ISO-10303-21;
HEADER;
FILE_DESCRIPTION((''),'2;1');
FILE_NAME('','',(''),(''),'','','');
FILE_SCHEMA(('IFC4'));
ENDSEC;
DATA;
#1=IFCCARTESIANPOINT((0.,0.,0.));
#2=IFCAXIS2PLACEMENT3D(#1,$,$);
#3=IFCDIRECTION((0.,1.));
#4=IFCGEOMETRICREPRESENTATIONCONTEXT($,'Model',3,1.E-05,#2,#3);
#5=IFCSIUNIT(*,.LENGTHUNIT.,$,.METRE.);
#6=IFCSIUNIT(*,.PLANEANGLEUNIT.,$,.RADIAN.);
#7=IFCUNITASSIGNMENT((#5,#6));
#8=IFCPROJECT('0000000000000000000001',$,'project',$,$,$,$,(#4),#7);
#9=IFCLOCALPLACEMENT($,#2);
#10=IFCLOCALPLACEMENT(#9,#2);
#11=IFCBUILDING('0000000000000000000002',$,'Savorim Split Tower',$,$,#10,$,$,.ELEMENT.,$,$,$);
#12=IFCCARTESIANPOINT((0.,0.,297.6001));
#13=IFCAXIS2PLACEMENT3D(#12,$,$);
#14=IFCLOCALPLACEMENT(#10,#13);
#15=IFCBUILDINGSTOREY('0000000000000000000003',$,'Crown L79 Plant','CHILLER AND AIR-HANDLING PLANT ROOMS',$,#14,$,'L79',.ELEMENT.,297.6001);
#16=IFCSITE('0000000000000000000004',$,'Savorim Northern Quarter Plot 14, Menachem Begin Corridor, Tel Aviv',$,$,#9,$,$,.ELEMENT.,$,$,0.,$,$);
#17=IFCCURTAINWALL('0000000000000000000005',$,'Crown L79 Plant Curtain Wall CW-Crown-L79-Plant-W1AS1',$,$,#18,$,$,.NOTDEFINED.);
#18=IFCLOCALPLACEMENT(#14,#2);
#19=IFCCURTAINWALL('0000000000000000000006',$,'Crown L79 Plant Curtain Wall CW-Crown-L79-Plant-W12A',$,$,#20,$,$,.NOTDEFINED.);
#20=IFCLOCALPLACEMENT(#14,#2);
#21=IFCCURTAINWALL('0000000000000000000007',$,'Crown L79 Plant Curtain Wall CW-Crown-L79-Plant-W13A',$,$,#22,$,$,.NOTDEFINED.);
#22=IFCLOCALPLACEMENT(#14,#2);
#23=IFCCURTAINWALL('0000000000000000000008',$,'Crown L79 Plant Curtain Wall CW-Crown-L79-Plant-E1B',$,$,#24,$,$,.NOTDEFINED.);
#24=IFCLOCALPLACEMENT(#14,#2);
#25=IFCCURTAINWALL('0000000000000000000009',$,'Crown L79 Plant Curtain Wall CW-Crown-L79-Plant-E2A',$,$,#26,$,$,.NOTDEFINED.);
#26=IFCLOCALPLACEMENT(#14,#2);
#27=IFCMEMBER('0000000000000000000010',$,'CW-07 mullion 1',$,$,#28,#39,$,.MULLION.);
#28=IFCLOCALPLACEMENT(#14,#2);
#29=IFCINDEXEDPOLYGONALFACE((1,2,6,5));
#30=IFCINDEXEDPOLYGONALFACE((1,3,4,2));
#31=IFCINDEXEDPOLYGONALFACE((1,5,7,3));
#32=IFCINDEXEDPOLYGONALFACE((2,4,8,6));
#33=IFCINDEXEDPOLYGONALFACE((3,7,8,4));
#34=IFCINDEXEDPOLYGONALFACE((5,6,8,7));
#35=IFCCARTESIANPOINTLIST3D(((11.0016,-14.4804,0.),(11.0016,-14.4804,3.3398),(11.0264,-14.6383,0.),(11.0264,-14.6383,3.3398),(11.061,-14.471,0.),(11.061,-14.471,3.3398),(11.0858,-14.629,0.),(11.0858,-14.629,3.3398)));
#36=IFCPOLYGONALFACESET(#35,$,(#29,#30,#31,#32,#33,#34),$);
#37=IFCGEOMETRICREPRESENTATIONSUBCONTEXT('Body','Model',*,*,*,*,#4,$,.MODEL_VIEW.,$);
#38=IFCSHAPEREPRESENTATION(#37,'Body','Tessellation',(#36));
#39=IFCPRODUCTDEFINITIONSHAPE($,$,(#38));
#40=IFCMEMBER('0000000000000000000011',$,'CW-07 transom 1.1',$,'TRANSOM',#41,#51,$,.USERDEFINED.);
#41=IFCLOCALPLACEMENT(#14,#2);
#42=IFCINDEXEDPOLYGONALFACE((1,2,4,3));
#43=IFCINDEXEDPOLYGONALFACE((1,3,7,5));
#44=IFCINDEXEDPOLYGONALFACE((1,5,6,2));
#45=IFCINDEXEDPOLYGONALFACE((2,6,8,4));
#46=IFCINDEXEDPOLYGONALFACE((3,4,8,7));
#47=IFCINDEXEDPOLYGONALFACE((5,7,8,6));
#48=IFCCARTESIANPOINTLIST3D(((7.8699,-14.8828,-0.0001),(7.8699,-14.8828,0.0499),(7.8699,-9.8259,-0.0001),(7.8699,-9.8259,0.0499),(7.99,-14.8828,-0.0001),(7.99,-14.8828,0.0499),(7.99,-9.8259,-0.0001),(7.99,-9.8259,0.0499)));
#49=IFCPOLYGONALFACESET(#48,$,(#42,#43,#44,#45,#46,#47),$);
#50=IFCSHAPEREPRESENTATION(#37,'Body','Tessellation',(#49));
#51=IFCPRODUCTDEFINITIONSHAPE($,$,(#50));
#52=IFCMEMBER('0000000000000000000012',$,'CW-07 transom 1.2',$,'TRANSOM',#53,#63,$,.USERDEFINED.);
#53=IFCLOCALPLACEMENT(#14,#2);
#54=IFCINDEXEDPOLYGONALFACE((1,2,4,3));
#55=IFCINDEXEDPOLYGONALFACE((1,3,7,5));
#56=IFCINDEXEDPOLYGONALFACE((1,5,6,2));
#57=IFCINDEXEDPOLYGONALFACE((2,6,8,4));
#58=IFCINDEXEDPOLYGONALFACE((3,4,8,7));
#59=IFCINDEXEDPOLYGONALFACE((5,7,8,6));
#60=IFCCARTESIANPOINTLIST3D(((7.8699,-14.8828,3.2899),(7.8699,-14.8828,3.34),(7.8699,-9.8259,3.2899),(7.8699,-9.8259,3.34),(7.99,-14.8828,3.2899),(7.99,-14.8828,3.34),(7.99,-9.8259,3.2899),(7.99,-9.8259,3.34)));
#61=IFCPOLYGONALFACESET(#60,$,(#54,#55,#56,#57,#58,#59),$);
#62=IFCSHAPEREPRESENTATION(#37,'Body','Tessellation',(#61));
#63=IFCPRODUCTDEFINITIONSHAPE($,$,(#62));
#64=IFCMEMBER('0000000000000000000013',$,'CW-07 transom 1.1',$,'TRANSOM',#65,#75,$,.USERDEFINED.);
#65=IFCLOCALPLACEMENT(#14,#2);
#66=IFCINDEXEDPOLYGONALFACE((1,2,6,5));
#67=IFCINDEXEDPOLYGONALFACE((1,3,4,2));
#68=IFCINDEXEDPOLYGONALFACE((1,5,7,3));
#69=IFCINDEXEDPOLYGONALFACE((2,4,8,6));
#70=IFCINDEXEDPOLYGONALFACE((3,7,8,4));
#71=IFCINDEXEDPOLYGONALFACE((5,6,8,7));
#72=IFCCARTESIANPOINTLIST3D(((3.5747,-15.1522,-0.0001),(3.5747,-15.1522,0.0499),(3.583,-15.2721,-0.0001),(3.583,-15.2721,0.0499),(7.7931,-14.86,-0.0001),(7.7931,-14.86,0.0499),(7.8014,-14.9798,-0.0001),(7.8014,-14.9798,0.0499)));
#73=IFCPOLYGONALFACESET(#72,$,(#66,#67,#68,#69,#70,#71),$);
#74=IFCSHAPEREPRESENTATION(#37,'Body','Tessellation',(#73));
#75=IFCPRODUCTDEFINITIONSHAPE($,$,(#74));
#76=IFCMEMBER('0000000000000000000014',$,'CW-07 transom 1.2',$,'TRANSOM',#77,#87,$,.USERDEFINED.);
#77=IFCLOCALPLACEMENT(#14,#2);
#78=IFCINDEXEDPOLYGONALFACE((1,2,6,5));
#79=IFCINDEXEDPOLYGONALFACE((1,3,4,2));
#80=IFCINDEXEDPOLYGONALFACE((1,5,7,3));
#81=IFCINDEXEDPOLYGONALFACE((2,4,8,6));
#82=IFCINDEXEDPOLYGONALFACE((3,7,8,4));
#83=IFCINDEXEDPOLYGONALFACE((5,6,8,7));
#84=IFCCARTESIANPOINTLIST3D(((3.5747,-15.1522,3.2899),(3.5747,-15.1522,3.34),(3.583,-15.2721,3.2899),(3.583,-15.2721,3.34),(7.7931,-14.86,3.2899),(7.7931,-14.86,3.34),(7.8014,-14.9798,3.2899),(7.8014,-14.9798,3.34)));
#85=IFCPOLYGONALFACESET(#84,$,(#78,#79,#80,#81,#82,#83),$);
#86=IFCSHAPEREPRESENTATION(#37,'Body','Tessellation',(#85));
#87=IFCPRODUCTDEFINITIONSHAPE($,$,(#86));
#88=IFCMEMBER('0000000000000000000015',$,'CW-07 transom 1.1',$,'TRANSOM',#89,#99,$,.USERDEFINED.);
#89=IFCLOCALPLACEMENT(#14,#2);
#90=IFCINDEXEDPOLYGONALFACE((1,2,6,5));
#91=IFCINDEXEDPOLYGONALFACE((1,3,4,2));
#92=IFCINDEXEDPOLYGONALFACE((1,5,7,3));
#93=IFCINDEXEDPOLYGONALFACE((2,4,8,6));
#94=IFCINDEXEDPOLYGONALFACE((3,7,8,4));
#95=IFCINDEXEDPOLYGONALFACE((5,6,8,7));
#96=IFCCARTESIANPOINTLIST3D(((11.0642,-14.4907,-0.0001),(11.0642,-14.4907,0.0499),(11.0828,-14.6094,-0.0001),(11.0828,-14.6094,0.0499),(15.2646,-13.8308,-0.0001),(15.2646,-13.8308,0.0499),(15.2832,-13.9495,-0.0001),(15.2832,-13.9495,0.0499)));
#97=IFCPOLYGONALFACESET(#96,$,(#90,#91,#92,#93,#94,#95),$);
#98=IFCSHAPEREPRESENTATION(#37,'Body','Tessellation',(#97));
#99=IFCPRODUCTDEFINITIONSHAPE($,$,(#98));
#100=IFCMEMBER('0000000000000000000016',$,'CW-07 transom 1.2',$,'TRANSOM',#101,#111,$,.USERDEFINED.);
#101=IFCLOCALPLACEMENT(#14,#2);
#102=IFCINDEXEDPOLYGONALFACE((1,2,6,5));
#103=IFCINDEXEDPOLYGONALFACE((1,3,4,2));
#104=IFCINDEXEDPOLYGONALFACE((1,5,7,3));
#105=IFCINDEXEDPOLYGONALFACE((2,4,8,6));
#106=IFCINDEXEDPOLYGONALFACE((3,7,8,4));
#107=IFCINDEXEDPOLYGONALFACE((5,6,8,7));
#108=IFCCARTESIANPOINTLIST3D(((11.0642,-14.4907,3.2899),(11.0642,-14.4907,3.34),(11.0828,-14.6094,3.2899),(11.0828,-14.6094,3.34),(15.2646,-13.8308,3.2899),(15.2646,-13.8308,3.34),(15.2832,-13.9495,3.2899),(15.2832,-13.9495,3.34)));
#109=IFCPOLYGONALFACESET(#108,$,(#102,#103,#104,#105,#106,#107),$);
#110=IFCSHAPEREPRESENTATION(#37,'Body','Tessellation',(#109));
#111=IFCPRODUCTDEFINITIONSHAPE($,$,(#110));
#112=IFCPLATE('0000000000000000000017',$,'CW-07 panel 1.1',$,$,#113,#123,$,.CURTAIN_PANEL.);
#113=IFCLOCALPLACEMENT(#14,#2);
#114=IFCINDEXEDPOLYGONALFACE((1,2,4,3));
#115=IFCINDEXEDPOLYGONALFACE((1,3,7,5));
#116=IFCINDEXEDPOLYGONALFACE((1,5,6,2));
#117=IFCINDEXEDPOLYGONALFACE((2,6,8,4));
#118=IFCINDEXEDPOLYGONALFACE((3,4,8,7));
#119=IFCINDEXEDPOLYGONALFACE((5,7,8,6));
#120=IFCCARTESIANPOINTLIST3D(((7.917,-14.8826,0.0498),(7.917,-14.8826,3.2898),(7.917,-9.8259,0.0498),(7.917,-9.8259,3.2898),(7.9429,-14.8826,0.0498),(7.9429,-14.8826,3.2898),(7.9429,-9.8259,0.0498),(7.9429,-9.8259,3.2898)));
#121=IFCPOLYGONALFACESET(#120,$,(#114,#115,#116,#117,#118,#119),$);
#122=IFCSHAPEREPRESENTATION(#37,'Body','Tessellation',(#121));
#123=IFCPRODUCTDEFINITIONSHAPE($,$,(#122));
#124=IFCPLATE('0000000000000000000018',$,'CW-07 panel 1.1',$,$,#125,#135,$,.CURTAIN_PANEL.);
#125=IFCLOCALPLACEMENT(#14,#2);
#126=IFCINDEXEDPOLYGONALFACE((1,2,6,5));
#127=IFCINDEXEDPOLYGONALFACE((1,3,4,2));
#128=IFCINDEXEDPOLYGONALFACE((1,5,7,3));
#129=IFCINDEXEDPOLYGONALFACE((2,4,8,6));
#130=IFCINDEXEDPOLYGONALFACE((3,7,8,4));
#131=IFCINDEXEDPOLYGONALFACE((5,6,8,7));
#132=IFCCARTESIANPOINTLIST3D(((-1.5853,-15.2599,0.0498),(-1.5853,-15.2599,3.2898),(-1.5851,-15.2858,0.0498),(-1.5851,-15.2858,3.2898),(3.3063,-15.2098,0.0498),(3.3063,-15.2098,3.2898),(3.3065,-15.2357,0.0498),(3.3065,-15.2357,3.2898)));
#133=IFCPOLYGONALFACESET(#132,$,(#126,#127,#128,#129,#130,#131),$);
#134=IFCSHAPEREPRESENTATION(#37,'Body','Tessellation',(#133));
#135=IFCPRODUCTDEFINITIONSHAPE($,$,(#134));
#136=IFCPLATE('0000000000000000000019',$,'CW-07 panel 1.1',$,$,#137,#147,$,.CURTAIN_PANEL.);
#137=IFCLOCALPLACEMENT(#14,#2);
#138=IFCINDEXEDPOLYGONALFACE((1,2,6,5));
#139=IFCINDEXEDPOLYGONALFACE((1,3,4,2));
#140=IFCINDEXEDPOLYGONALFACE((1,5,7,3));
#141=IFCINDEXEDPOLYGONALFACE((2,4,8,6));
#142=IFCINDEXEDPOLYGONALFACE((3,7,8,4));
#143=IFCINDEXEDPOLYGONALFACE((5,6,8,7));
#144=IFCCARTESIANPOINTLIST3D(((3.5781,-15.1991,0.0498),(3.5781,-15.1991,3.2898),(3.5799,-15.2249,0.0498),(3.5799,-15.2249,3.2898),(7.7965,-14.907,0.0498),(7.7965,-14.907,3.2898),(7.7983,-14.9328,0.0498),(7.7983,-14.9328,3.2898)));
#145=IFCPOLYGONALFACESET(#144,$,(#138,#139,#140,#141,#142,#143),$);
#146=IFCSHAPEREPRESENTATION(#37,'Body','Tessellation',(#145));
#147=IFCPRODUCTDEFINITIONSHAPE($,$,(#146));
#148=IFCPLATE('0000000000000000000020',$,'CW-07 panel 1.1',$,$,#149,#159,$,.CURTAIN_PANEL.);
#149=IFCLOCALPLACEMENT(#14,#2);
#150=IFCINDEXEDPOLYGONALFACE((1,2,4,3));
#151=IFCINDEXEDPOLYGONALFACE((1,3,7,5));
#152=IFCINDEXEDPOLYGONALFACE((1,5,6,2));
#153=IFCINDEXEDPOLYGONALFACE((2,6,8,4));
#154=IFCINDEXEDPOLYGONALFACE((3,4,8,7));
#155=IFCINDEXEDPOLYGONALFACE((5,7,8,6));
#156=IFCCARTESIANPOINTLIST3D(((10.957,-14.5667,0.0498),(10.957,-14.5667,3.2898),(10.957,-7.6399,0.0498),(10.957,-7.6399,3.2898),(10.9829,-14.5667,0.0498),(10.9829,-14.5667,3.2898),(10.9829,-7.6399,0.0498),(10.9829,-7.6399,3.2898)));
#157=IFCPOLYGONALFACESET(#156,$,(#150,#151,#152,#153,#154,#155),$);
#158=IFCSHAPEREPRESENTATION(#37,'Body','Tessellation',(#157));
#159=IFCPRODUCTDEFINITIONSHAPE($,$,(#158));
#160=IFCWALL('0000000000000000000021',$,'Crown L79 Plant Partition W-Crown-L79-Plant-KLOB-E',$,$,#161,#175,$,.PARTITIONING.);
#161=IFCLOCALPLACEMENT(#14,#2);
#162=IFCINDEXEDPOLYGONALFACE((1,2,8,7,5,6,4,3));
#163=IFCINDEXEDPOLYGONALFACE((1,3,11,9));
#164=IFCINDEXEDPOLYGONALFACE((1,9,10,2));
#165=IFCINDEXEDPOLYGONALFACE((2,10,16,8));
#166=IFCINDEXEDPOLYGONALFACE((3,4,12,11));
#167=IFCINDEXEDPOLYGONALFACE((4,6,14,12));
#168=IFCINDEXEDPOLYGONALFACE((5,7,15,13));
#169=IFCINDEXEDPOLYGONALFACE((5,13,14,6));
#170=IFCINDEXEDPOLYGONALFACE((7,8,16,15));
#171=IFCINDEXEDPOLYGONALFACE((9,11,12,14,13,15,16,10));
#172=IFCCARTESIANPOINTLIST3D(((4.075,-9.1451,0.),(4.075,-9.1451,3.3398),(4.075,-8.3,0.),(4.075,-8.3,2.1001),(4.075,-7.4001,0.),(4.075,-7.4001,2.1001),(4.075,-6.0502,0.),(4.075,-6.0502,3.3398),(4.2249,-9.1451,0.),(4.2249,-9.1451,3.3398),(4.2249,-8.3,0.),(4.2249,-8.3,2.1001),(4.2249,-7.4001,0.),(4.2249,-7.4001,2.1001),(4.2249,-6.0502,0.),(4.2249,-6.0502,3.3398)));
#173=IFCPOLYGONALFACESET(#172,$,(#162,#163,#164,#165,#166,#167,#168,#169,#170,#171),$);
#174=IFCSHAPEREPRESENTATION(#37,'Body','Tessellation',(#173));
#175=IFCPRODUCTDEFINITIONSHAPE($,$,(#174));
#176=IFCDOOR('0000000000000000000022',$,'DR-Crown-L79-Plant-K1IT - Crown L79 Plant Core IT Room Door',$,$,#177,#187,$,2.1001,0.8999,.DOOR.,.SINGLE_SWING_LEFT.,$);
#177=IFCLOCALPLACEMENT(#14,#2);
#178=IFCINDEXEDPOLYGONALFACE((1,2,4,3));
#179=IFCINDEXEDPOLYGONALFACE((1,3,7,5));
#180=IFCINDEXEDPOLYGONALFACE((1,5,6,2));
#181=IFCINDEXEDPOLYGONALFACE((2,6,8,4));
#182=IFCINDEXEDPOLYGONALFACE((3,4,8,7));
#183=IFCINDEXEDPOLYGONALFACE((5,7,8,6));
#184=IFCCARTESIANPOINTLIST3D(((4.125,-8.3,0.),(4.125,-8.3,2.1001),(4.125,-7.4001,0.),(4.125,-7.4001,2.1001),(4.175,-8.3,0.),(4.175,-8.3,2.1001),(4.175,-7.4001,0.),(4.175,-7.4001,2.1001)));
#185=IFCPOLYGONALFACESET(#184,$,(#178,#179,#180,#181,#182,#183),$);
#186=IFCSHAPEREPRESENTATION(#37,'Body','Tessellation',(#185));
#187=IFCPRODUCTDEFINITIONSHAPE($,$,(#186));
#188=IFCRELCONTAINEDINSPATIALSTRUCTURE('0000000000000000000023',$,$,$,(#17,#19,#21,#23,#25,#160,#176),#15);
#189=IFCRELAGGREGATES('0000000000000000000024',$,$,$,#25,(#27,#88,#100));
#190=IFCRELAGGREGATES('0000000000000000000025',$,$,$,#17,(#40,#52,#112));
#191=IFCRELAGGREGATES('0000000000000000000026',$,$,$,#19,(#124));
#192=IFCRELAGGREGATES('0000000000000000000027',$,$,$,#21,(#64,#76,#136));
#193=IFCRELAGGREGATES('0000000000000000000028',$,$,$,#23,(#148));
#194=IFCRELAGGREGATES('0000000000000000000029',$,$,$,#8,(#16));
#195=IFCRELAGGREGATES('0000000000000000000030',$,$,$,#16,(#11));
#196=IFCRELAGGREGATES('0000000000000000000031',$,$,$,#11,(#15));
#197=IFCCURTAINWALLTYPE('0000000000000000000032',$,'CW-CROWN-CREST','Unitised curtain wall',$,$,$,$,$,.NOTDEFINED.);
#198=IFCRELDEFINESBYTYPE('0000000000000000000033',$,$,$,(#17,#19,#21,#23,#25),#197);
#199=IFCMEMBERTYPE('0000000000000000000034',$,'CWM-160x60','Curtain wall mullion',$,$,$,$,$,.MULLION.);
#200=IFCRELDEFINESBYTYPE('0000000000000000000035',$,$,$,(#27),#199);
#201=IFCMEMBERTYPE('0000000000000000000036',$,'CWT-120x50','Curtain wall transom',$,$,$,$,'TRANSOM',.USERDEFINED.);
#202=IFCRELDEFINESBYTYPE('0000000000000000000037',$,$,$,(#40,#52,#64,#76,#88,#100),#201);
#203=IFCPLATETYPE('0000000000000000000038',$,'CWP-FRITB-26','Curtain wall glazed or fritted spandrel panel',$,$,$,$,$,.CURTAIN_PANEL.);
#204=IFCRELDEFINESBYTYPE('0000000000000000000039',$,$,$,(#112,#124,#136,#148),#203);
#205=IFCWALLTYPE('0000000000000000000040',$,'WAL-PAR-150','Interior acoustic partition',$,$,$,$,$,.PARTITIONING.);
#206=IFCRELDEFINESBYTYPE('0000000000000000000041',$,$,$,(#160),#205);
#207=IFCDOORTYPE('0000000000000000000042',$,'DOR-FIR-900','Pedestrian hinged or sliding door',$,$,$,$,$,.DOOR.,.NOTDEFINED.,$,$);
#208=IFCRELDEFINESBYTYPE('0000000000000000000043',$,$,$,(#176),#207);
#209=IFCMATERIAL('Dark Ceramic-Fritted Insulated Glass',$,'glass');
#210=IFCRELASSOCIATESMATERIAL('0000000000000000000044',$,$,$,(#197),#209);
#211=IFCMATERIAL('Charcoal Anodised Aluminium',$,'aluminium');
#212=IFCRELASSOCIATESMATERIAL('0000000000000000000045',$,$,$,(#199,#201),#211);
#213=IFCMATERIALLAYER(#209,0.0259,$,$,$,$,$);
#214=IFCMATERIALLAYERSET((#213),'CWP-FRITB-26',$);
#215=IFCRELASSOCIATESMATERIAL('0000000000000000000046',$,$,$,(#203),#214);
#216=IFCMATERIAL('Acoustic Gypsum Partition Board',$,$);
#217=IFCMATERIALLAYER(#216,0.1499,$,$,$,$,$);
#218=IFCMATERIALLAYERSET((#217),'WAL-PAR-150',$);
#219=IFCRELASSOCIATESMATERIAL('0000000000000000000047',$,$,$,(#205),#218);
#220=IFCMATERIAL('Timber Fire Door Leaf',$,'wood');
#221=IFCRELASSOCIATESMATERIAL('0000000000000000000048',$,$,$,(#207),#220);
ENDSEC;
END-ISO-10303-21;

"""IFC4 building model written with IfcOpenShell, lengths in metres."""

from ifc_helpers import new_model, si_unit, direction, frame, frame_2d, origin, origin_2d, place, context, subcontext, project, spatial, rectangle, extrude, material, layer, layer_set, material_profile, profile_set, type_object, element, fill, aggregate, save


model = new_model("IFC4")

# Units and contexts
model_context = context("Model", 3, precision=1e-05, world=origin(), true_north=direction((0.0, 1.0)))
body_context = subcontext(model_context, "Body", "Model", "MODEL_VIEW")
ifc_project = project(units=[si_unit("LENGTHUNIT", "METRE"), si_unit("PLANEANGLEUNIT", "RADIAN")], contexts=[model_context])

# Site, building, storey
site_placement = place(None, origin())
site = spatial("IfcSite", under=ifc_project, at=site_placement, Name="Savorim Northern Quarter Plot 14, Menachem Begin Corridor, Tel Aviv", CompositionType="ELEMENT", RefElevation=0.0)
building_placement = place(site_placement, origin())
building = spatial("IfcBuilding", under=site, at=building_placement, Name="Savorim Split Tower", CompositionType="ELEMENT")
storey_placement = place(building_placement, frame((0.0, 0.0, 297.6001)))
storey = spatial("IfcBuildingStorey", under=building, at=storey_placement, Name="Crown L79 Plant", Description="CHILLER AND AIR-HANDLING PLANT ROOMS", LongName="L79", CompositionType="ELEMENT", Elevation=297.6001)

# Curtain wall
ifc_material_1 = material(Name="Dark Ceramic-Fritted Insulated Glass", Category="glass")
curtain_wall_type = type_object("IfcCurtainWallType", Name="CW-CROWN-CREST", Description="Unitised curtain wall", PredefinedType="NOTDEFINED", material=ifc_material_1)
curtain_wall_1_placement = place(storey_placement, origin())
curtain_wall_1 = element("IfcCurtainWall", 1, at=curtain_wall_1_placement, inside=storey, type_object=curtain_wall_type, Name="Crown L79 Plant Curtain Wall CW-Crown-L79-Plant-W1AS1", PredefinedType="NOTDEFINED")
ifc_material_2 = material(Name="Charcoal Anodised Aluminium", Category="aluminium")
ifc_material_profile_1 = material_profile(ifc_material_2, rectangle(XDim=0.1599, YDim=0.0601, at=origin_2d()), Name="ALU-M 160x60")
ifc_profile_set_1 = profile_set([ifc_material_profile_1], Name="Charcoal Anodised Aluminium")
member_type_1 = type_object("IfcMemberType", Name="CWM-160x60", Description="Curtain wall mullion", PredefinedType="MULLION", material=ifc_profile_set_1)

# Curtain wall
curtain_wall_2_placement = place(storey_placement, origin())
curtain_wall_2 = element("IfcCurtainWall", 2, at=curtain_wall_2_placement, inside=storey, type_object=curtain_wall_type, Name="Crown L79 Plant Curtain Wall CW-Crown-L79-Plant-W12A", PredefinedType="NOTDEFINED")

# Curtain wall
curtain_wall_3_placement = place(storey_placement, origin())
curtain_wall_3 = element("IfcCurtainWall", 3, at=curtain_wall_3_placement, inside=storey, type_object=curtain_wall_type, Name="Crown L79 Plant Curtain Wall CW-Crown-L79-Plant-W13A", PredefinedType="NOTDEFINED")

# Curtain walls, member
curtain_wall_4_placement = place(storey_placement, origin())
curtain_wall_4 = element("IfcCurtainWall", 4, at=curtain_wall_4_placement, inside=storey, type_object=curtain_wall_type, Name="Crown L79 Plant Curtain Wall CW-Crown-L79-Plant-E1B", PredefinedType="NOTDEFINED")
curtain_wall_5_placement = place(storey_placement, origin())
curtain_wall_5 = element("IfcCurtainWall", 5, at=curtain_wall_5_placement, inside=storey, type_object=curtain_wall_type, Name="Crown L79 Plant Curtain Wall CW-Crown-L79-Plant-E2A", PredefinedType="NOTDEFINED")
member_1_placement = place(storey_placement, frame((11.0437, -14.5547, 0.0), z_axis=(0.0, 0.0, 1.0), x_axis=(-0.155193, 0.987884, 0.0)))
member_1 = element("IfcMember", 6, at=member_1_placement, type_object=member_type_1, Name="CW-07 mullion 1", PredefinedType="MULLION", context=body_context, shape_type="SweptSolid", body=[
    extrude(rectangle(XDim=0.1599, YDim=0.0601, at=origin_2d()), origin(), (0.0, 0.0, 1.0), 3.3398),
])

# Members
ifc_material_profile_2 = material_profile(ifc_material_2, rectangle(XDim=0.1201, YDim=0.05, at=origin_2d()), Name="ALU-T 120x50")
ifc_profile_set_2 = profile_set([ifc_material_profile_2], Name="Charcoal Anodised Aluminium")
member_type_2 = type_object("IfcMemberType", Name="CWT-120x50", Description="Curtain wall transom", ElementType="TRANSOM", PredefinedType="USERDEFINED", material=ifc_profile_set_2)
member_2_placement = place(storey_placement, frame((7.9299, -14.8828, 0.0249), z_axis=(0.0, 1.0, 0.0), x_axis=(-1.0, 0.0, 0.0)))
member_2 = element("IfcMember", 7, at=member_2_placement, type_object=member_type_2, Name="CW-07 transom 1.1", ObjectType="TRANSOM", PredefinedType="USERDEFINED", context=body_context, shape_type="SweptSolid", body=[
    extrude(rectangle(XDim=0.1201, YDim=0.05, at=origin_2d()), origin(), (0.0, 0.0, 1.0), 5.0569),
])
member_3_placement = place(storey_placement, frame((7.9299, -14.8828, 3.3149), z_axis=(0.0, 1.0, 0.0), x_axis=(-1.0, 0.0, 0.0)))
member_3 = element("IfcMember", 8, at=member_3_placement, type_object=member_type_2, Name="CW-07 transom 1.2", ObjectType="TRANSOM", PredefinedType="USERDEFINED", context=body_context, shape_type="SweptSolid", body=[
    extrude(rectangle(XDim=0.1201, YDim=0.05, at=origin_2d()), origin(), (0.0, 0.0, 1.0), 5.0569),
])
member_4_placement = place(storey_placement, frame((3.5789, -15.2122, 0.0249), z_axis=(0.997609, 0.069109, 0.0), x_axis=(-0.069109, 0.997609, 0.0)))
member_4 = element("IfcMember", 9, at=member_4_placement, type_object=member_type_2, Name="CW-07 transom 1.1", ObjectType="TRANSOM", PredefinedType="USERDEFINED", context=body_context, shape_type="SweptSolid", body=[
    extrude(rectangle(XDim=0.1201, YDim=0.05, at=origin_2d()), origin(), (0.0, 0.0, 1.0), 4.2285),
])
member_5_placement = place(storey_placement, frame((3.5789, -15.2122, 3.3149), z_axis=(0.997609, 0.069109, 0.0), x_axis=(-0.069109, 0.997609, 0.0)))
member_5 = element("IfcMember", 10, at=member_5_placement, type_object=member_type_2, Name="CW-07 transom 1.2", ObjectType="TRANSOM", PredefinedType="USERDEFINED", context=body_context, shape_type="SweptSolid", body=[
    extrude(rectangle(XDim=0.1201, YDim=0.05, at=origin_2d()), origin(), (0.0, 0.0, 1.0), 4.2285),
])
member_6_placement = place(storey_placement, frame((11.0735, -14.55, 0.0249), z_axis=(0.987883, 0.155202, 0.0), x_axis=(-0.155202, 0.987883, 0.0)))
member_6 = element("IfcMember", 11, at=member_6_placement, type_object=member_type_2, Name="CW-07 transom 1.1", ObjectType="TRANSOM", PredefinedType="USERDEFINED", context=body_context, shape_type="SweptSolid", body=[
    extrude(rectangle(XDim=0.1201, YDim=0.05, at=origin_2d()), origin(), (0.0, 0.0, 1.0), 4.252),
])
member_7_placement = place(storey_placement, frame((11.0735, -14.55, 3.3149), z_axis=(0.987883, 0.155202, 0.0), x_axis=(-0.155202, 0.987883, 0.0)))
member_7 = element("IfcMember", 12, at=member_7_placement, type_object=member_type_2, Name="CW-07 transom 1.2", ObjectType="TRANSOM", PredefinedType="USERDEFINED", context=body_context, shape_type="SweptSolid", body=[
    extrude(rectangle(XDim=0.1201, YDim=0.05, at=origin_2d()), origin(), (0.0, 0.0, 1.0), 4.252),
])
aggregate(curtain_wall_5, [member_1, member_6, member_7])

# Plates
ifc_layer_1 = layer(ifc_material_1, 0.0259)
ifc_layer_set_1 = layer_set([ifc_layer_1], Name="CWP-FRITB-26")
plate_type = type_object("IfcPlateType", Name="CWP-FRITB-26", Description="Curtain wall glazed or fritted spandrel panel", PredefinedType="CURTAIN_PANEL", material=ifc_layer_set_1)
plate_1_placement = place(storey_placement, frame((7.9299, -12.3542, 0.0498), z_axis=(0.0, 0.0, 1.0), x_axis=(0.0, 1.0, 0.0)))
plate_1 = element("IfcPlate", 13, at=plate_1_placement, type_object=plate_type, Name="CW-07 panel 1.1", PredefinedType="CURTAIN_PANEL", context=body_context, shape_type="SweptSolid", body=[
    extrude(rectangle(XDim=5.0566, YDim=0.0259, at=origin_2d()), origin(), (0.0, 0.0, 1.0), 3.24),
])
aggregate(curtain_wall_1, [member_2, member_3, plate_1])
plate_2_placement = place(storey_placement, frame((0.8606, -15.2478, 0.0498), z_axis=(0.0, 0.0, 1.0), x_axis=(0.999947, 0.010255, 0.0)))
plate_2 = element("IfcPlate", 14, at=plate_2_placement, type_object=plate_type, Name="CW-07 panel 1.1", PredefinedType="CURTAIN_PANEL", context=body_context, shape_type="SweptSolid", body=[
    extrude(rectangle(XDim=4.8918, YDim=0.0259, at=origin_2d()), origin(), (0.0, 0.0, 1.0), 3.24),
])
aggregate(curtain_wall_2, [plate_2])
plate_3_placement = place(storey_placement, frame((5.6882, -15.0659, 0.0498), z_axis=(0.0, 0.0, 1.0), x_axis=(0.997611, 0.069081, 0.0)))
plate_3 = element("IfcPlate", 15, at=plate_3_placement, type_object=plate_type, Name="CW-07 panel 1.1", PredefinedType="CURTAIN_PANEL", context=body_context, shape_type="SweptSolid", body=[
    extrude(rectangle(XDim=4.2285, YDim=0.0259, at=origin_2d()), origin(), (0.0, 0.0, 1.0), 3.24),
])
aggregate(curtain_wall_3, [member_4, member_5, plate_3])
plate_4_placement = place(storey_placement, frame((10.97, -11.1033, 0.0498), z_axis=(0.0, 0.0, 1.0), x_axis=(0.0, -1.0, 0.0)))
plate_4 = element("IfcPlate", 16, at=plate_4_placement, type_object=plate_type, Name="CW-07 panel 1.1", PredefinedType="CURTAIN_PANEL", context=body_context, shape_type="SweptSolid", body=[
    extrude(rectangle(XDim=6.9268, YDim=0.0259, at=origin_2d()), origin(), (0.0, 0.0, 1.0), 3.24),
])
aggregate(curtain_wall_4, [plate_4])

# Wall, opening, door
ifc_material_3 = material(Name="Acoustic Gypsum Partition Board")
ifc_layer_2 = layer(ifc_material_3, 0.1499)
ifc_layer_set_2 = layer_set([ifc_layer_2], Name="WAL-PAR-150")
wall_type = type_object("IfcWallType", Name="WAL-PAR-150", Description="Interior acoustic partition", PredefinedType="PARTITIONING", material=ifc_layer_set_2)
wall_placement = place(storey_placement, frame((4.1499, -9.145, 0.0), z_axis=(0.0, 0.0, 1.0), x_axis=(0.0, 1.0, 0.0)))
wall = element("IfcWall", 17, at=wall_placement, inside=storey, type_object=wall_type, Name="Crown L79 Plant Partition W-Crown-L79-Plant-KLOB-E", PredefinedType="PARTITIONING", context=body_context, shape_type="SweptSolid", body=[
    extrude(rectangle(XDim=3.095, YDim=0.1499, at=frame_2d((1.5474, 0.0))), origin(), (0.0, 0.0, 1.0), 3.3398),
])
opening_placement = place(wall_placement, frame((0.845, 0.0, 0.0)))
opening = element("IfcOpeningElement", 18, at=opening_placement, cuts=wall, PredefinedType="OPENING", context=body_context, shape_type="SweptSolid", body=[
    extrude(rectangle(XDim=0.8999, YDim=2.1001, at=frame_2d((0.45, 1.05))), frame((0.0, 0.085, 0.0), z_axis=(0.0, -1.0, 0.0), x_axis=(1.0, 0.0, 0.0)), (0.0, 0.0, 1.0), 0.1699),
])
ifc_material_4 = material(Name="Timber Fire Door Leaf", Category="wood")
door_type = type_object("IfcDoorType", Name="DOR-FIR-900", Description="Pedestrian hinged or sliding door", OperationType="NOTDEFINED", PredefinedType="DOOR", material=ifc_material_4)
door_placement = place(opening_placement, origin())
door = element("IfcDoor", 19, at=door_placement, inside=storey, type_object=door_type, Name="DR-Crown-L79-Plant-K1IT - Crown L79 Plant Core IT Room Door", OperationType="SINGLE_SWING_LEFT", OverallHeight=2.1001, OverallWidth=0.8999, PredefinedType="DOOR", context=body_context, shape_type="SweptSolid", body=[
    extrude(rectangle(XDim=0.8999, YDim=2.1001, at=frame_2d((0.45, 1.05))), frame((0.0, 0.0249, 0.0), z_axis=(0.0, -1.0, 0.0), x_axis=(1.0, 0.0, 0.0)), (0.0, 0.0, 1.0), 0.05),
])
fill(opening, door)

save(model, "model.ifc")
